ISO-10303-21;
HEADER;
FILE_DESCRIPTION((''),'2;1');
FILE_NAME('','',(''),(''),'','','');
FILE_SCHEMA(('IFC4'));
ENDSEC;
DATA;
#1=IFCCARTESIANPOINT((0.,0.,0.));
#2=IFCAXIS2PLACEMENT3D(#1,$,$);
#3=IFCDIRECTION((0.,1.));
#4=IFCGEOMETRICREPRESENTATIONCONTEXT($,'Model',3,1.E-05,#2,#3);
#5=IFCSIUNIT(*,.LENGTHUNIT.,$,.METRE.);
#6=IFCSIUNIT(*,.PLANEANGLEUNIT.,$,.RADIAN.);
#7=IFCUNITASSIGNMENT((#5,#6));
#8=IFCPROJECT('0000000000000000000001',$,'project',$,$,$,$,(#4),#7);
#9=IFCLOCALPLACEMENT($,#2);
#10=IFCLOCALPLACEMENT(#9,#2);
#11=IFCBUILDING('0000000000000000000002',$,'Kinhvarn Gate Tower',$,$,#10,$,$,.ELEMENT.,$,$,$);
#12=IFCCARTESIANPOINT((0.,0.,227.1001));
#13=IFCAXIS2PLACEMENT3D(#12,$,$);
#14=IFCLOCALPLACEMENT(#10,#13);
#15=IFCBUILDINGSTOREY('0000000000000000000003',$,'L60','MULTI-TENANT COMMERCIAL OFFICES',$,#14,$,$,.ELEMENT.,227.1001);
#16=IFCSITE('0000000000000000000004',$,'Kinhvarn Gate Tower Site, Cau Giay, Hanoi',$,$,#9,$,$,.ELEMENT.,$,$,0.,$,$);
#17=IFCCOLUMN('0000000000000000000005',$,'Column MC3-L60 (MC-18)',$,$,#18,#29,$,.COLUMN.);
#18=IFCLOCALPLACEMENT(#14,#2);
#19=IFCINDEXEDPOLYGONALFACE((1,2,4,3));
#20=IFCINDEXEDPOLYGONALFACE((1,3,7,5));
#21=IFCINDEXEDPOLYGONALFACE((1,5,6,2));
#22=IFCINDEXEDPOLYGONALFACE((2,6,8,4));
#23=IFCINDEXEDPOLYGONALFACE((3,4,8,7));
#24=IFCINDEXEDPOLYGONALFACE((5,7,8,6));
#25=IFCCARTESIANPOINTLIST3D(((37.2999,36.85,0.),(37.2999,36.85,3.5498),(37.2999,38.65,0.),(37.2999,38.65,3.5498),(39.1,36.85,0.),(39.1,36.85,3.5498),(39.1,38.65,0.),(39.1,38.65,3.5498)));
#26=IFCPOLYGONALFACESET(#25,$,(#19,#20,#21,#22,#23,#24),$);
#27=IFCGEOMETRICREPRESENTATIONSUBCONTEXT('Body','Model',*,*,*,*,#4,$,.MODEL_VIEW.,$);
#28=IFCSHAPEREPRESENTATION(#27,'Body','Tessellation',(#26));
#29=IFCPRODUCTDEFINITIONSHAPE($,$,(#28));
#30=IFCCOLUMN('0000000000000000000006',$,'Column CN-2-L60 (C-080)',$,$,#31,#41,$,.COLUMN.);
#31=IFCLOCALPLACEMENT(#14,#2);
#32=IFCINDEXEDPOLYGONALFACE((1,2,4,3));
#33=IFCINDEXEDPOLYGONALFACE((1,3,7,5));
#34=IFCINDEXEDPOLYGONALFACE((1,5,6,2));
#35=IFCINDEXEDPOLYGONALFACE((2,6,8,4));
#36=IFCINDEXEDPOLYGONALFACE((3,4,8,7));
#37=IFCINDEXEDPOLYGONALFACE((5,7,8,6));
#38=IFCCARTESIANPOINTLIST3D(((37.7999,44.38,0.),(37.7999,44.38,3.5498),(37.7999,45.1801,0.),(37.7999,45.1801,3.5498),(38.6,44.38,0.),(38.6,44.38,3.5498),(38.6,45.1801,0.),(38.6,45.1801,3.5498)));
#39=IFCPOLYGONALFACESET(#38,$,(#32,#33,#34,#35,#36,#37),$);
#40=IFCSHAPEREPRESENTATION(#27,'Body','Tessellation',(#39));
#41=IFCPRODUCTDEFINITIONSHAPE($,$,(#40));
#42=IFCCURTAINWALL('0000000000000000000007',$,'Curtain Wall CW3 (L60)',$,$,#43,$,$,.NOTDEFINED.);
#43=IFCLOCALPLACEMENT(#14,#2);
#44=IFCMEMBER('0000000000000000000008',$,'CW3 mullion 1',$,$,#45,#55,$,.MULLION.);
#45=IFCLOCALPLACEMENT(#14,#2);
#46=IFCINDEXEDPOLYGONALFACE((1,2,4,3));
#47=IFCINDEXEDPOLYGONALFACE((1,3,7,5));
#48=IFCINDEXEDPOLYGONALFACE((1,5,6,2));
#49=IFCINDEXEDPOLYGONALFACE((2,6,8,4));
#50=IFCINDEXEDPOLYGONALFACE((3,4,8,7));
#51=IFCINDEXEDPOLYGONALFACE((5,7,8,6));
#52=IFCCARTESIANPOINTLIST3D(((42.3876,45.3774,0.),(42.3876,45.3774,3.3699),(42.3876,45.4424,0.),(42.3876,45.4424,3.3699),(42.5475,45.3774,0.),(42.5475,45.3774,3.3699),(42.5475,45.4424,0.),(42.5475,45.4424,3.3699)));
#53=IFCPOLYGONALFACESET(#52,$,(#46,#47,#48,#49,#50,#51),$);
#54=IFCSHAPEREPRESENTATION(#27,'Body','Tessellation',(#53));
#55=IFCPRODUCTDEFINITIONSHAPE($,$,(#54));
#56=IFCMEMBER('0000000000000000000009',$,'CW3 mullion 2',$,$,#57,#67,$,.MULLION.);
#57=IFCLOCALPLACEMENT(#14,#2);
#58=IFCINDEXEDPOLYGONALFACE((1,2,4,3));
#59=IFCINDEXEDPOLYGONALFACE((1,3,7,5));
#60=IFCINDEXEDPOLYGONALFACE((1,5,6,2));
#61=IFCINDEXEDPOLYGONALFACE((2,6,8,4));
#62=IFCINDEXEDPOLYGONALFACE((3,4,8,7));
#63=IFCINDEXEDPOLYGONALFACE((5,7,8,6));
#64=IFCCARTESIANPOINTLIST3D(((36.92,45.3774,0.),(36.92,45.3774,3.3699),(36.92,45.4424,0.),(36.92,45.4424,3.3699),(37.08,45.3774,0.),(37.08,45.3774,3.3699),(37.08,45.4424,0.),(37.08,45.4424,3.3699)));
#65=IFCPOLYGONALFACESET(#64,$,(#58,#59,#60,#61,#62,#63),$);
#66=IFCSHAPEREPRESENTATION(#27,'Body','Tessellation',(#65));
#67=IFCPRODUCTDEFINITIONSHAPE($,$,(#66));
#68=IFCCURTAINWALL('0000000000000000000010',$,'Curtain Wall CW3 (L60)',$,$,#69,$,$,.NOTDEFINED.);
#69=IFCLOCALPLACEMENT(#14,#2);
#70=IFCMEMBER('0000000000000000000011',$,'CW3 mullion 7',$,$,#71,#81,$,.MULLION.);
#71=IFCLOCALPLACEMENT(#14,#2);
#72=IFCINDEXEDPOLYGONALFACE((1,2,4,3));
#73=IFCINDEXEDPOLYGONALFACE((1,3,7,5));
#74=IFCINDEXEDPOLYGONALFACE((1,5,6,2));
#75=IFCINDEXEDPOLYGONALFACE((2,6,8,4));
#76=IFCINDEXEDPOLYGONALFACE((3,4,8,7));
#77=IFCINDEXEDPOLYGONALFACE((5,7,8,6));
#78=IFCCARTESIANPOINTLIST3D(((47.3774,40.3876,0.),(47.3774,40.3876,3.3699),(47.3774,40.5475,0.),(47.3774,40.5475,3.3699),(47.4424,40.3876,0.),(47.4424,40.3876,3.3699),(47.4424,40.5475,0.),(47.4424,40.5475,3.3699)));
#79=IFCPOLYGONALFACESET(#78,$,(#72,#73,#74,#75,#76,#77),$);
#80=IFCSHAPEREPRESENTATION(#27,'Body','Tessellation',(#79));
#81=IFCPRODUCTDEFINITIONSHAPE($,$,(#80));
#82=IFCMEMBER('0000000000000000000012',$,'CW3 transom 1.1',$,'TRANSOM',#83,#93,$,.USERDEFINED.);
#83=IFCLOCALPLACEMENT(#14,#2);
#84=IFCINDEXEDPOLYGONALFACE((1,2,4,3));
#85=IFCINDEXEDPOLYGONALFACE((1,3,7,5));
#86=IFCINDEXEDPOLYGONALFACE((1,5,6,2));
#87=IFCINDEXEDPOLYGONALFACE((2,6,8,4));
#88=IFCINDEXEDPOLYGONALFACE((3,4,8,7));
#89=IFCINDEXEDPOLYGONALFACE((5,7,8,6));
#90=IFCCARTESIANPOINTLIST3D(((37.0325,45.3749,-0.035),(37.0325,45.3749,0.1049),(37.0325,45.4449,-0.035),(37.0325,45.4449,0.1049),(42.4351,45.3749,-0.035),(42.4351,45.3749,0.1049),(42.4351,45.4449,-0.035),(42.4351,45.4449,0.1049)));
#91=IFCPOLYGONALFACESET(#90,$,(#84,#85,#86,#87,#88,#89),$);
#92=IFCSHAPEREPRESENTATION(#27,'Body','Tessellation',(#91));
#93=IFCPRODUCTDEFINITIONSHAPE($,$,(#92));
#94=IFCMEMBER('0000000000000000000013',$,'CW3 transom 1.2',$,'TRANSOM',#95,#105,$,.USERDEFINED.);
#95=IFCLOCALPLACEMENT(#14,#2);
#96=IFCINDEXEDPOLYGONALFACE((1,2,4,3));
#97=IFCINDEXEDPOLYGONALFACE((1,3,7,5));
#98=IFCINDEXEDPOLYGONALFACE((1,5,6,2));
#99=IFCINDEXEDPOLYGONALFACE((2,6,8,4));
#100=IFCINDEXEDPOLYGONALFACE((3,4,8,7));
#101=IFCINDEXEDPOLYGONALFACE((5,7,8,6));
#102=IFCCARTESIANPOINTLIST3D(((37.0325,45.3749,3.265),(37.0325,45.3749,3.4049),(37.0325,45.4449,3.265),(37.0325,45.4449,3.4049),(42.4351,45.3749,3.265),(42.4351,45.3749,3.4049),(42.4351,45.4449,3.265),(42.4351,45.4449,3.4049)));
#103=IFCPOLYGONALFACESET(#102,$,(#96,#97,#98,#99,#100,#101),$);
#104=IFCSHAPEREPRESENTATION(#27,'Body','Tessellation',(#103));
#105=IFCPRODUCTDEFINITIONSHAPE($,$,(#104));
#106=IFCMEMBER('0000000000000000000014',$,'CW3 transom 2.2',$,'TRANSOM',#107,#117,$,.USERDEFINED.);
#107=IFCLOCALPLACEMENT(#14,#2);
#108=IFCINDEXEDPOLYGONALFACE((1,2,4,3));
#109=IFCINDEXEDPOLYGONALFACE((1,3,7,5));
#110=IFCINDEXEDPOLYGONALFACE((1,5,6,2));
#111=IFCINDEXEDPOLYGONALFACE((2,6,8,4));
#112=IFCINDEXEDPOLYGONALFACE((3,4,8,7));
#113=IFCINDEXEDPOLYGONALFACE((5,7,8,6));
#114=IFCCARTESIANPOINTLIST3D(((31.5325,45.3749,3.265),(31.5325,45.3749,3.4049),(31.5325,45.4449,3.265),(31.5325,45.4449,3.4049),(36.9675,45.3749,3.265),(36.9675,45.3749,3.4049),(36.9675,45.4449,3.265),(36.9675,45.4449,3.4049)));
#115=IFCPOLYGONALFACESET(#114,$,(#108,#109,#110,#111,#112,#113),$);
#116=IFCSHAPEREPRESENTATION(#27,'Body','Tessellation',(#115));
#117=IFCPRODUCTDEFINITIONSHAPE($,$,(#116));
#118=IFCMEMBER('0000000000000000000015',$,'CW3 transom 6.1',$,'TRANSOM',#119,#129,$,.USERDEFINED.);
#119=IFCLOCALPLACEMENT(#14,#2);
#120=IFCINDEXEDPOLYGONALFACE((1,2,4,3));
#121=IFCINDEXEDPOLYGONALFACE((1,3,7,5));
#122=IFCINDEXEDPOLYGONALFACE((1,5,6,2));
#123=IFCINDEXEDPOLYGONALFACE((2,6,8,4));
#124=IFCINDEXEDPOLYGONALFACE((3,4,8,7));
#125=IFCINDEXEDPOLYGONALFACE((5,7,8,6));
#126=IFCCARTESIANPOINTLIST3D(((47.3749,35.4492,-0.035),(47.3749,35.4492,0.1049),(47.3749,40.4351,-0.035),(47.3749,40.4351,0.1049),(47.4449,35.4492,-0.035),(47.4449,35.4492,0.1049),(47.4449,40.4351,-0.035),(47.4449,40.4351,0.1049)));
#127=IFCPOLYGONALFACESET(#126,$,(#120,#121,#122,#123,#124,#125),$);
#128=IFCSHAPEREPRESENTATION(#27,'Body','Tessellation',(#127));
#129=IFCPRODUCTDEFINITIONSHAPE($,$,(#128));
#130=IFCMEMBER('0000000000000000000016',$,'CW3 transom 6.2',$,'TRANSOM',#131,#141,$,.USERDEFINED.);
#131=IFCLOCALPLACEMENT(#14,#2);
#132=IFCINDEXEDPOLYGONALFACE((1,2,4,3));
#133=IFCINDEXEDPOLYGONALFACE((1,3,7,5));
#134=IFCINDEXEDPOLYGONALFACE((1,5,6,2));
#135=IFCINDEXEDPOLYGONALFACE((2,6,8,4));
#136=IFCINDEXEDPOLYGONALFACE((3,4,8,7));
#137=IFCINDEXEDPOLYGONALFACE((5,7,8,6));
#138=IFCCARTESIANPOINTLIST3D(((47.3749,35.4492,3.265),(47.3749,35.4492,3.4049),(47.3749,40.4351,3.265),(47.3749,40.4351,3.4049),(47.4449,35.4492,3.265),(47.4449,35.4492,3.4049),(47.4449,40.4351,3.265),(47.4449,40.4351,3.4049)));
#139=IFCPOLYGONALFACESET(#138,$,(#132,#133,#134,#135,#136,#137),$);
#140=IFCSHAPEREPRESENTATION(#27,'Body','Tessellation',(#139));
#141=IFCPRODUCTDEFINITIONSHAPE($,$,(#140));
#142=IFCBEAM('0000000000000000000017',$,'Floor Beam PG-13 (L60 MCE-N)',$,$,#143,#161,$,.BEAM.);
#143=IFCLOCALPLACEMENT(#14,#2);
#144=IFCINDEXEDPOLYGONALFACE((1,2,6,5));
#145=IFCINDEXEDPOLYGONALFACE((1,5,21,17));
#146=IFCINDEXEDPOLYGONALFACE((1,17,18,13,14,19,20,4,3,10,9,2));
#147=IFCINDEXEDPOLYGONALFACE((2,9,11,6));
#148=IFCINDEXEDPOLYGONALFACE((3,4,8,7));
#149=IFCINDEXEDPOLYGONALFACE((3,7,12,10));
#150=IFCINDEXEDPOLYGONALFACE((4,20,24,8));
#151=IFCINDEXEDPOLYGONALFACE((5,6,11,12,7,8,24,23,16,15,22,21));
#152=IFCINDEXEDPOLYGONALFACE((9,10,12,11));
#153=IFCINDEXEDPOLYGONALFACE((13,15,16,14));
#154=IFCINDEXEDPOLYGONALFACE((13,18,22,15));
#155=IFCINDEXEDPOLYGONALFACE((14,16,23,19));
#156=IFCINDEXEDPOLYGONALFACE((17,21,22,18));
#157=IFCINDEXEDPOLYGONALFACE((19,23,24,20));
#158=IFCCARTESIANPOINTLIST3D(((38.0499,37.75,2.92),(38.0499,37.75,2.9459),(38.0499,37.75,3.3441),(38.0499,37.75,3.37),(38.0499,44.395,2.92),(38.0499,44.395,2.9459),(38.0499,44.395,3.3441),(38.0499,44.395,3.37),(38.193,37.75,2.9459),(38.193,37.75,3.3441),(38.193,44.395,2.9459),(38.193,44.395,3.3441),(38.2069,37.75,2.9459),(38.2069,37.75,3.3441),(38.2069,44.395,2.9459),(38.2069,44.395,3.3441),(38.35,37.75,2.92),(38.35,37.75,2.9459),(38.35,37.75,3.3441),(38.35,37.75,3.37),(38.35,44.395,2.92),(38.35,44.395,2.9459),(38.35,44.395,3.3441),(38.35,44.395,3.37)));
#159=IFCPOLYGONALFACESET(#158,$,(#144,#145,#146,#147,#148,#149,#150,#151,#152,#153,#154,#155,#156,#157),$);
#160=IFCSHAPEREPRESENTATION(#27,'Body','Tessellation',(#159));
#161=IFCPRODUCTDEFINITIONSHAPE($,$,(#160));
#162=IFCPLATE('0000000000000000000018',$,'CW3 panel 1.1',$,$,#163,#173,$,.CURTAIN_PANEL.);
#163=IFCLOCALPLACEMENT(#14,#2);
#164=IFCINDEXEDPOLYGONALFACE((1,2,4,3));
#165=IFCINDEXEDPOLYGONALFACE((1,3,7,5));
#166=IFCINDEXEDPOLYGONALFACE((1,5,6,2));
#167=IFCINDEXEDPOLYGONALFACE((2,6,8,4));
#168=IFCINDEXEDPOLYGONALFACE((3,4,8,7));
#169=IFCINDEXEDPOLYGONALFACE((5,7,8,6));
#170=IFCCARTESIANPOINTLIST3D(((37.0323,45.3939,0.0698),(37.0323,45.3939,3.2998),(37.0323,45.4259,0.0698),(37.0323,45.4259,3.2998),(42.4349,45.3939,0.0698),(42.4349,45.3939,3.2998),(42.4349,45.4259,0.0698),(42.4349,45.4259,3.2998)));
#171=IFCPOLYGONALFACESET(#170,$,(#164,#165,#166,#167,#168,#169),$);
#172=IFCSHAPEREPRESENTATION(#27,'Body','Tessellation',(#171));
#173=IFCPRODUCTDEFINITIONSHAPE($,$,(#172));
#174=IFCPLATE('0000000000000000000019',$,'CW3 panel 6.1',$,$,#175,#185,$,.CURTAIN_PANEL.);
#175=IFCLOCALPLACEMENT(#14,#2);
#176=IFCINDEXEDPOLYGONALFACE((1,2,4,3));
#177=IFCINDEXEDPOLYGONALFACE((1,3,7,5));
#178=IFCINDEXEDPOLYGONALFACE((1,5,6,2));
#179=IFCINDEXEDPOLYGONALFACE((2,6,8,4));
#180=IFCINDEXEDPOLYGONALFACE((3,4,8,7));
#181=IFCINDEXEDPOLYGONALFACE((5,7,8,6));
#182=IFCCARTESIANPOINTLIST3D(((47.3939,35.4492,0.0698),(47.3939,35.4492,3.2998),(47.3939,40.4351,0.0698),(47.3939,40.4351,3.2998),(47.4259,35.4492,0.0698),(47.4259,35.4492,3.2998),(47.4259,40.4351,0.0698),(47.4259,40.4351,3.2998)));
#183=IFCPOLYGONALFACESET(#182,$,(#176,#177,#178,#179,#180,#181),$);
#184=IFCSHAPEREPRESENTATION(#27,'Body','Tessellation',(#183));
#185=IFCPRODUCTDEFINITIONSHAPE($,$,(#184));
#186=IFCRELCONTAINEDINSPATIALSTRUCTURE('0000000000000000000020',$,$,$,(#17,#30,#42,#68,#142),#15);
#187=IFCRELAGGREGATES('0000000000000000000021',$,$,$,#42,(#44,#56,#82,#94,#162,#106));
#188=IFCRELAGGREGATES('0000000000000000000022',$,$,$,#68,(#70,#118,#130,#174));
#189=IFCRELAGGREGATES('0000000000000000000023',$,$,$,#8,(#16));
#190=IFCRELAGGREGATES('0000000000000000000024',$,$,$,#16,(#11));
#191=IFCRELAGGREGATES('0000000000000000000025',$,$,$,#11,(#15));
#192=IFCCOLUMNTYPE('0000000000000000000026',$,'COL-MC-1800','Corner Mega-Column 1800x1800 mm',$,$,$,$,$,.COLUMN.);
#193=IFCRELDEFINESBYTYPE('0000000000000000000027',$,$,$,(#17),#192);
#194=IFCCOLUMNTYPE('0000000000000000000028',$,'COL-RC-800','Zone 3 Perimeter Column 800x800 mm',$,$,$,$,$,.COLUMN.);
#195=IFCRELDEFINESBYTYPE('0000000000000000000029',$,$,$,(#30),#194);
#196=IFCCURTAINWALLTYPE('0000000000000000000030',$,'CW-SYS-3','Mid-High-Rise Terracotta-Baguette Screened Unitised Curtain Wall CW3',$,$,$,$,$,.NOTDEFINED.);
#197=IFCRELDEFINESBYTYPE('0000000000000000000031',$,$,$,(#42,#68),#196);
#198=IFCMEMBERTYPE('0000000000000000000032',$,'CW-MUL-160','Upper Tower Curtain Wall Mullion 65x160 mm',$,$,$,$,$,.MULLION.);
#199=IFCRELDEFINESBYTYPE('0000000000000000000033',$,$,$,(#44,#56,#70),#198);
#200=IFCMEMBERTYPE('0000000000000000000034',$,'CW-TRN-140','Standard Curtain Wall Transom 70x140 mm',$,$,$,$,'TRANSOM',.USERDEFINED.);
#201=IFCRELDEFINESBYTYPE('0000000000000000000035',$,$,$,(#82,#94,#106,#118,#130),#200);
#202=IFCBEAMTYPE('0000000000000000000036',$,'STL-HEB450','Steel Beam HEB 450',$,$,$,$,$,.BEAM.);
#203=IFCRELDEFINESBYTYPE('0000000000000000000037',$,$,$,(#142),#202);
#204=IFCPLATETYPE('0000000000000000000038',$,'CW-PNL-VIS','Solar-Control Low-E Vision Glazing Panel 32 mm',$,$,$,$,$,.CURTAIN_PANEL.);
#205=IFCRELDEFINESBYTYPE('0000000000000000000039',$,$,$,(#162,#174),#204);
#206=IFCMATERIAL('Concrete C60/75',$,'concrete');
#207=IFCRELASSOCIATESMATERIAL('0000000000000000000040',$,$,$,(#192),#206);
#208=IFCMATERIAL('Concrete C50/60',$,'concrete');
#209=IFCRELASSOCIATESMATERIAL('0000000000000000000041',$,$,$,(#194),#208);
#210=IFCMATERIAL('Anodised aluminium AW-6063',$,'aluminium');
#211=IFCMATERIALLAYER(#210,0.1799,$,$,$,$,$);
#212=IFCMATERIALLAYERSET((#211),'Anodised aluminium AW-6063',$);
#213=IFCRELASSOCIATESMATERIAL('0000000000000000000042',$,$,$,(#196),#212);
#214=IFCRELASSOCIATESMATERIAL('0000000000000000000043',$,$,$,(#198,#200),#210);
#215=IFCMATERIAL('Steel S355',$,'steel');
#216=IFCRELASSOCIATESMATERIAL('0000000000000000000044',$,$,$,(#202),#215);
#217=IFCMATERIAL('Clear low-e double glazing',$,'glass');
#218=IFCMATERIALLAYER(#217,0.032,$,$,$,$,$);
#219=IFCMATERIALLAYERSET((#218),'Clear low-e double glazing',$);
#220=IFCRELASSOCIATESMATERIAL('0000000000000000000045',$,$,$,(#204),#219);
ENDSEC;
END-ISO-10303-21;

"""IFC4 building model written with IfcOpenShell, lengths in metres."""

from ifc_helpers import new_model, si_unit, direction, frame, origin, origin_2d, place, context, subcontext, project, spatial, rectangle, i_section, extrude, material, layer, layer_set, material_profile, profile_set, type_object, element, aggregate, save


model = new_model("IFC4")

# Units and contexts
model_context = context("Model", 3, precision=1e-05, world=origin(), true_north=direction((0.0, 1.0)))
body_context = subcontext(model_context, "Body", "Model", "MODEL_VIEW")
ifc_project = project(units=[si_unit("LENGTHUNIT", "METRE"), si_unit("PLANEANGLEUNIT", "RADIAN")], contexts=[model_context])

# Site, building, storey
site_placement = place(None, origin())
site = spatial("IfcSite", under=ifc_project, at=site_placement, Name="Kinhvarn Gate Tower Site, Cau Giay, Hanoi", CompositionType="ELEMENT", RefElevation=0.0)
building_placement = place(site_placement, origin())
building = spatial("IfcBuilding", under=site, at=building_placement, Name="Kinhvarn Gate Tower", CompositionType="ELEMENT")
storey_placement = place(building_placement, frame((0.0, 0.0, 227.1001)))
storey = spatial("IfcBuildingStorey", under=building, at=storey_placement, Name="L60", Description="MULTI-TENANT COMMERCIAL OFFICES", CompositionType="ELEMENT", Elevation=227.1001)

# Columns
ifc_material_1 = material(Name="Concrete C60/75", Category="concrete")
ifc_material_profile_1 = material_profile(ifc_material_1, rectangle(XDim=1.8, YDim=1.8, at=origin_2d()), Name="RC 1800x1800")
ifc_profile_set_1 = profile_set([ifc_material_profile_1], Name="Concrete C60/75")
column_type_1 = type_object("IfcColumnType", Name="COL-MC-1800", Description="Corner Mega-Column 1800x1800 mm", PredefinedType="COLUMN", material=ifc_profile_set_1)
column_1_placement = place(storey_placement, frame((38.2, 37.75, 0.0), z_axis=(0.0, 0.0, 1.0), x_axis=(1.0, 0.0, 0.0)))
element("IfcColumn", 1, at=column_1_placement, inside=storey, type_object=column_type_1, Name="Column MC3-L60 (MC-18)", PredefinedType="COLUMN", context=body_context, shape_type="SweptSolid", body=[
    extrude(rectangle(XDim=1.8, YDim=1.8, at=origin_2d()), origin(), (0.0, 0.0, 1.0), 3.5498),
])
ifc_material_2 = material(Name="Concrete C50/60", Category="concrete")
ifc_material_profile_2 = material_profile(ifc_material_2, rectangle(XDim=0.8, YDim=0.8, at=origin_2d()), Name="RC 800x800")
ifc_profile_set_2 = profile_set([ifc_material_profile_2], Name="Concrete C50/60")
column_type_2 = type_object("IfcColumnType", Name="COL-RC-800", Description="Zone 3 Perimeter Column 800x800 mm", PredefinedType="COLUMN", material=ifc_profile_set_2)
column_2_placement = place(storey_placement, frame((38.2, 44.78, 0.0), z_axis=(0.0, 0.0, 1.0), x_axis=(1.0, 0.0, 0.0)))
element("IfcColumn", 2, at=column_2_placement, inside=storey, type_object=column_type_2, Name="Column CN-2-L60 (C-080)", PredefinedType="COLUMN", context=body_context, shape_type="SweptSolid", body=[
    extrude(rectangle(XDim=0.8, YDim=0.8, at=origin_2d()), origin(), (0.0, 0.0, 1.0), 3.5498),
])

# Curtain wall, members
ifc_material_3 = material(Name="Anodised aluminium AW-6063", Category="aluminium")
ifc_layer_1 = layer(ifc_material_3, 0.1799)
ifc_layer_set_1 = layer_set([ifc_layer_1], Name="Anodised aluminium AW-6063")
curtain_wall_type = type_object("IfcCurtainWallType", Name="CW-SYS-3", Description="Mid-High-Rise Terracotta-Baguette Screened Unitised Curtain Wall CW3", PredefinedType="NOTDEFINED", material=ifc_layer_set_1)
curtain_wall_1_placement = place(storey_placement, origin())
curtain_wall_1 = element("IfcCurtainWall", 3, at=curtain_wall_1_placement, inside=storey, type_object=curtain_wall_type, Name="Curtain Wall CW3 (L60)", PredefinedType="NOTDEFINED")
ifc_material_profile_3 = material_profile(ifc_material_3, rectangle(XDim=0.0649, YDim=0.1599, at=origin_2d()), Name="ALU 65x160")
ifc_profile_set_3 = profile_set([ifc_material_profile_3], Name="Anodised aluminium AW-6063")
member_type_1 = type_object("IfcMemberType", Name="CW-MUL-160", Description="Upper Tower Curtain Wall Mullion 65x160 mm", PredefinedType="MULLION", material=ifc_profile_set_3)
member_1_placement = place(storey_placement, frame((42.4675, 45.4099, 0.0), z_axis=(0.0, 0.0, 1.0), x_axis=(0.0, -1.0, 0.0)))
member_1 = element("IfcMember", 4, at=member_1_placement, type_object=member_type_1, Name="CW3 mullion 1", PredefinedType="MULLION", context=body_context, shape_type="SweptSolid", body=[
    extrude(rectangle(XDim=0.0649, YDim=0.1599, at=origin_2d()), origin(), (0.0, 0.0, 1.0), 3.3699),
])
member_2_placement = place(storey_placement, frame((37.0, 45.4099, 0.0), z_axis=(0.0, 0.0, 1.0), x_axis=(0.0, -1.0, 0.0)))
member_2 = element("IfcMember", 5, at=member_2_placement, type_object=member_type_1, Name="CW3 mullion 2", PredefinedType="MULLION", context=body_context, shape_type="SweptSolid", body=[
    extrude(rectangle(XDim=0.0649, YDim=0.1599, at=origin_2d()), origin(), (0.0, 0.0, 1.0), 3.3699),
])

# Curtain wall, member
curtain_wall_2_placement = place(storey_placement, origin())
curtain_wall_2 = element("IfcCurtainWall", 6, at=curtain_wall_2_placement, inside=storey, type_object=curtain_wall_type, Name="Curtain Wall CW3 (L60)", PredefinedType="NOTDEFINED")
member_3_placement = place(storey_placement, frame((47.4099, 40.4675, 0.0), z_axis=(0.0, 0.0, 1.0), x_axis=(-1.0, 0.0, 0.0)))
member_3 = element("IfcMember", 7, at=member_3_placement, type_object=member_type_1, Name="CW3 mullion 7", PredefinedType="MULLION", context=body_context, shape_type="SweptSolid", body=[
    extrude(rectangle(XDim=0.0649, YDim=0.1599, at=origin_2d()), origin(), (0.0, 0.0, 1.0), 3.3699),
])

# Members
ifc_material_profile_4 = material_profile(ifc_material_3, rectangle(XDim=0.0701, YDim=0.1399, at=origin_2d()), Name="ALU 70x140")
ifc_profile_set_4 = profile_set([ifc_material_profile_4], Name="Anodised aluminium AW-6063")
member_type_2 = type_object("IfcMemberType", Name="CW-TRN-140", Description="Standard Curtain Wall Transom 70x140 mm", ElementType="TRANSOM", PredefinedType="USERDEFINED", material=ifc_profile_set_4)
member_4_placement = place(storey_placement, frame((42.4351, 45.4099, 0.0349), z_axis=(-1.0, 0.0, 0.0), x_axis=(0.0, -1.0, 0.0)))
member_4 = element("IfcMember", 8, at=member_4_placement, type_object=member_type_2, Name="CW3 transom 1.1", ObjectType="TRANSOM", PredefinedType="USERDEFINED", context=body_context, shape_type="SweptSolid", body=[
    extrude(rectangle(XDim=0.0701, YDim=0.1399, at=origin_2d()), origin(), (0.0, 0.0, 1.0), 5.4026),
])
member_5_placement = place(storey_placement, frame((42.4351, 45.4099, 3.335), z_axis=(-1.0, 0.0, 0.0), x_axis=(0.0, -1.0, 0.0)))
member_5 = element("IfcMember", 9, at=member_5_placement, type_object=member_type_2, Name="CW3 transom 1.2", ObjectType="TRANSOM", PredefinedType="USERDEFINED", context=body_context, shape_type="SweptSolid", body=[
    extrude(rectangle(XDim=0.0701, YDim=0.1399, at=origin_2d()), origin(), (0.0, 0.0, 1.0), 5.4026),
])
member_6_placement = place(storey_placement, frame((36.9675, 45.4099, 3.335), z_axis=(-1.0, 0.0, 0.0), x_axis=(0.0, -1.0, 0.0)))
member_6 = element("IfcMember", 10, at=member_6_placement, type_object=member_type_2, Name="CW3 transom 2.2", ObjectType="TRANSOM", PredefinedType="USERDEFINED", context=body_context, shape_type="SweptSolid", body=[
    extrude(rectangle(XDim=0.0701, YDim=0.1399, at=origin_2d()), origin(), (0.0, 0.0, 1.0), 5.4351),
])
member_7_placement = place(storey_placement, frame((47.4099, 35.4492, 0.0349), z_axis=(0.0, 1.0, 0.0), x_axis=(-1.0, 0.0, 0.0)))
member_7 = element("IfcMember", 11, at=member_7_placement, type_object=member_type_2, Name="CW3 transom 6.1", ObjectType="TRANSOM", PredefinedType="USERDEFINED", context=body_context, shape_type="SweptSolid", body=[
    extrude(rectangle(XDim=0.0701, YDim=0.1399, at=origin_2d()), origin(), (0.0, 0.0, 1.0), 4.9858),
])
member_8_placement = place(storey_placement, frame((47.4099, 35.4492, 3.335), z_axis=(0.0, 1.0, 0.0), x_axis=(-1.0, 0.0, 0.0)))
member_8 = element("IfcMember", 12, at=member_8_placement, type_object=member_type_2, Name="CW3 transom 6.2", ObjectType="TRANSOM", PredefinedType="USERDEFINED", context=body_context, shape_type="SweptSolid", body=[
    extrude(rectangle(XDim=0.0701, YDim=0.1399, at=origin_2d()), origin(), (0.0, 0.0, 1.0), 4.9858),
])

# Beam
ifc_material_4 = material(Name="Steel S355", Category="steel")
ifc_material_profile_5 = material_profile(ifc_material_4, i_section(OverallWidth=0.3, OverallDepth=0.45, WebThickness=0.0139, FlangeThickness=0.0259, at=origin_2d()), Name="HEB 450")
ifc_profile_set_5 = profile_set([ifc_material_profile_5], Name="Steel S355")
beam_type = type_object("IfcBeamType", Name="STL-HEB450", Description="Steel Beam HEB 450", PredefinedType="BEAM", material=ifc_profile_set_5)
beam_placement = place(storey_placement, frame((38.2, 37.75, 3.145), z_axis=(0.0, 1.0, 0.0), x_axis=(-1.0, 0.0, 0.0)))
element("IfcBeam", 13, at=beam_placement, inside=storey, type_object=beam_type, Name="Floor Beam PG-13 (L60 MCE-N)", PredefinedType="BEAM", context=body_context, shape_type="SweptSolid", body=[
    extrude(i_section(OverallWidth=0.3, OverallDepth=0.45, WebThickness=0.0139, FlangeThickness=0.0259, at=origin_2d()), origin(), (0.0, 0.0, 1.0), 6.645),
])

# Plates
ifc_material_5 = material(Name="Clear low-e double glazing", Category="glass")
ifc_layer_2 = layer(ifc_material_5, 0.032)
ifc_layer_set_2 = layer_set([ifc_layer_2], Name="Clear low-e double glazing")
plate_type = type_object("IfcPlateType", Name="CW-PNL-VIS", Description="Solar-Control Low-E Vision Glazing Panel 32 mm", PredefinedType="CURTAIN_PANEL", material=ifc_layer_set_2)
plate_1_placement = place(storey_placement, frame((39.7336, 45.4099, 0.0698), z_axis=(0.0, 0.0, 1.0), x_axis=(-1.0, 0.0, 0.0)))
plate_1 = element("IfcPlate", 14, at=plate_1_placement, type_object=plate_type, Name="CW3 panel 1.1", PredefinedType="CURTAIN_PANEL", context=body_context, shape_type="SweptSolid", body=[
    extrude(rectangle(XDim=5.4026, YDim=0.032, at=origin_2d()), origin(), (0.0, 0.0, 1.0), 3.23),
])
aggregate(curtain_wall_1, [member_1, member_2, member_4, member_5, plate_1, member_6])
plate_2_placement = place(storey_placement, frame((47.4099, 37.9421, 0.0698), z_axis=(0.0, 0.0, 1.0), x_axis=(0.0, 1.0, 0.0)))
plate_2 = element("IfcPlate", 15, at=plate_2_placement, type_object=plate_type, Name="CW3 panel 6.1", PredefinedType="CURTAIN_PANEL", context=body_context, shape_type="SweptSolid", body=[
    extrude(rectangle(XDim=4.9858, YDim=0.032, at=origin_2d()), origin(), (0.0, 0.0, 1.0), 3.23),
])
aggregate(curtain_wall_2, [member_3, member_7, member_8, plate_2])

save(model, "model.ifc")
